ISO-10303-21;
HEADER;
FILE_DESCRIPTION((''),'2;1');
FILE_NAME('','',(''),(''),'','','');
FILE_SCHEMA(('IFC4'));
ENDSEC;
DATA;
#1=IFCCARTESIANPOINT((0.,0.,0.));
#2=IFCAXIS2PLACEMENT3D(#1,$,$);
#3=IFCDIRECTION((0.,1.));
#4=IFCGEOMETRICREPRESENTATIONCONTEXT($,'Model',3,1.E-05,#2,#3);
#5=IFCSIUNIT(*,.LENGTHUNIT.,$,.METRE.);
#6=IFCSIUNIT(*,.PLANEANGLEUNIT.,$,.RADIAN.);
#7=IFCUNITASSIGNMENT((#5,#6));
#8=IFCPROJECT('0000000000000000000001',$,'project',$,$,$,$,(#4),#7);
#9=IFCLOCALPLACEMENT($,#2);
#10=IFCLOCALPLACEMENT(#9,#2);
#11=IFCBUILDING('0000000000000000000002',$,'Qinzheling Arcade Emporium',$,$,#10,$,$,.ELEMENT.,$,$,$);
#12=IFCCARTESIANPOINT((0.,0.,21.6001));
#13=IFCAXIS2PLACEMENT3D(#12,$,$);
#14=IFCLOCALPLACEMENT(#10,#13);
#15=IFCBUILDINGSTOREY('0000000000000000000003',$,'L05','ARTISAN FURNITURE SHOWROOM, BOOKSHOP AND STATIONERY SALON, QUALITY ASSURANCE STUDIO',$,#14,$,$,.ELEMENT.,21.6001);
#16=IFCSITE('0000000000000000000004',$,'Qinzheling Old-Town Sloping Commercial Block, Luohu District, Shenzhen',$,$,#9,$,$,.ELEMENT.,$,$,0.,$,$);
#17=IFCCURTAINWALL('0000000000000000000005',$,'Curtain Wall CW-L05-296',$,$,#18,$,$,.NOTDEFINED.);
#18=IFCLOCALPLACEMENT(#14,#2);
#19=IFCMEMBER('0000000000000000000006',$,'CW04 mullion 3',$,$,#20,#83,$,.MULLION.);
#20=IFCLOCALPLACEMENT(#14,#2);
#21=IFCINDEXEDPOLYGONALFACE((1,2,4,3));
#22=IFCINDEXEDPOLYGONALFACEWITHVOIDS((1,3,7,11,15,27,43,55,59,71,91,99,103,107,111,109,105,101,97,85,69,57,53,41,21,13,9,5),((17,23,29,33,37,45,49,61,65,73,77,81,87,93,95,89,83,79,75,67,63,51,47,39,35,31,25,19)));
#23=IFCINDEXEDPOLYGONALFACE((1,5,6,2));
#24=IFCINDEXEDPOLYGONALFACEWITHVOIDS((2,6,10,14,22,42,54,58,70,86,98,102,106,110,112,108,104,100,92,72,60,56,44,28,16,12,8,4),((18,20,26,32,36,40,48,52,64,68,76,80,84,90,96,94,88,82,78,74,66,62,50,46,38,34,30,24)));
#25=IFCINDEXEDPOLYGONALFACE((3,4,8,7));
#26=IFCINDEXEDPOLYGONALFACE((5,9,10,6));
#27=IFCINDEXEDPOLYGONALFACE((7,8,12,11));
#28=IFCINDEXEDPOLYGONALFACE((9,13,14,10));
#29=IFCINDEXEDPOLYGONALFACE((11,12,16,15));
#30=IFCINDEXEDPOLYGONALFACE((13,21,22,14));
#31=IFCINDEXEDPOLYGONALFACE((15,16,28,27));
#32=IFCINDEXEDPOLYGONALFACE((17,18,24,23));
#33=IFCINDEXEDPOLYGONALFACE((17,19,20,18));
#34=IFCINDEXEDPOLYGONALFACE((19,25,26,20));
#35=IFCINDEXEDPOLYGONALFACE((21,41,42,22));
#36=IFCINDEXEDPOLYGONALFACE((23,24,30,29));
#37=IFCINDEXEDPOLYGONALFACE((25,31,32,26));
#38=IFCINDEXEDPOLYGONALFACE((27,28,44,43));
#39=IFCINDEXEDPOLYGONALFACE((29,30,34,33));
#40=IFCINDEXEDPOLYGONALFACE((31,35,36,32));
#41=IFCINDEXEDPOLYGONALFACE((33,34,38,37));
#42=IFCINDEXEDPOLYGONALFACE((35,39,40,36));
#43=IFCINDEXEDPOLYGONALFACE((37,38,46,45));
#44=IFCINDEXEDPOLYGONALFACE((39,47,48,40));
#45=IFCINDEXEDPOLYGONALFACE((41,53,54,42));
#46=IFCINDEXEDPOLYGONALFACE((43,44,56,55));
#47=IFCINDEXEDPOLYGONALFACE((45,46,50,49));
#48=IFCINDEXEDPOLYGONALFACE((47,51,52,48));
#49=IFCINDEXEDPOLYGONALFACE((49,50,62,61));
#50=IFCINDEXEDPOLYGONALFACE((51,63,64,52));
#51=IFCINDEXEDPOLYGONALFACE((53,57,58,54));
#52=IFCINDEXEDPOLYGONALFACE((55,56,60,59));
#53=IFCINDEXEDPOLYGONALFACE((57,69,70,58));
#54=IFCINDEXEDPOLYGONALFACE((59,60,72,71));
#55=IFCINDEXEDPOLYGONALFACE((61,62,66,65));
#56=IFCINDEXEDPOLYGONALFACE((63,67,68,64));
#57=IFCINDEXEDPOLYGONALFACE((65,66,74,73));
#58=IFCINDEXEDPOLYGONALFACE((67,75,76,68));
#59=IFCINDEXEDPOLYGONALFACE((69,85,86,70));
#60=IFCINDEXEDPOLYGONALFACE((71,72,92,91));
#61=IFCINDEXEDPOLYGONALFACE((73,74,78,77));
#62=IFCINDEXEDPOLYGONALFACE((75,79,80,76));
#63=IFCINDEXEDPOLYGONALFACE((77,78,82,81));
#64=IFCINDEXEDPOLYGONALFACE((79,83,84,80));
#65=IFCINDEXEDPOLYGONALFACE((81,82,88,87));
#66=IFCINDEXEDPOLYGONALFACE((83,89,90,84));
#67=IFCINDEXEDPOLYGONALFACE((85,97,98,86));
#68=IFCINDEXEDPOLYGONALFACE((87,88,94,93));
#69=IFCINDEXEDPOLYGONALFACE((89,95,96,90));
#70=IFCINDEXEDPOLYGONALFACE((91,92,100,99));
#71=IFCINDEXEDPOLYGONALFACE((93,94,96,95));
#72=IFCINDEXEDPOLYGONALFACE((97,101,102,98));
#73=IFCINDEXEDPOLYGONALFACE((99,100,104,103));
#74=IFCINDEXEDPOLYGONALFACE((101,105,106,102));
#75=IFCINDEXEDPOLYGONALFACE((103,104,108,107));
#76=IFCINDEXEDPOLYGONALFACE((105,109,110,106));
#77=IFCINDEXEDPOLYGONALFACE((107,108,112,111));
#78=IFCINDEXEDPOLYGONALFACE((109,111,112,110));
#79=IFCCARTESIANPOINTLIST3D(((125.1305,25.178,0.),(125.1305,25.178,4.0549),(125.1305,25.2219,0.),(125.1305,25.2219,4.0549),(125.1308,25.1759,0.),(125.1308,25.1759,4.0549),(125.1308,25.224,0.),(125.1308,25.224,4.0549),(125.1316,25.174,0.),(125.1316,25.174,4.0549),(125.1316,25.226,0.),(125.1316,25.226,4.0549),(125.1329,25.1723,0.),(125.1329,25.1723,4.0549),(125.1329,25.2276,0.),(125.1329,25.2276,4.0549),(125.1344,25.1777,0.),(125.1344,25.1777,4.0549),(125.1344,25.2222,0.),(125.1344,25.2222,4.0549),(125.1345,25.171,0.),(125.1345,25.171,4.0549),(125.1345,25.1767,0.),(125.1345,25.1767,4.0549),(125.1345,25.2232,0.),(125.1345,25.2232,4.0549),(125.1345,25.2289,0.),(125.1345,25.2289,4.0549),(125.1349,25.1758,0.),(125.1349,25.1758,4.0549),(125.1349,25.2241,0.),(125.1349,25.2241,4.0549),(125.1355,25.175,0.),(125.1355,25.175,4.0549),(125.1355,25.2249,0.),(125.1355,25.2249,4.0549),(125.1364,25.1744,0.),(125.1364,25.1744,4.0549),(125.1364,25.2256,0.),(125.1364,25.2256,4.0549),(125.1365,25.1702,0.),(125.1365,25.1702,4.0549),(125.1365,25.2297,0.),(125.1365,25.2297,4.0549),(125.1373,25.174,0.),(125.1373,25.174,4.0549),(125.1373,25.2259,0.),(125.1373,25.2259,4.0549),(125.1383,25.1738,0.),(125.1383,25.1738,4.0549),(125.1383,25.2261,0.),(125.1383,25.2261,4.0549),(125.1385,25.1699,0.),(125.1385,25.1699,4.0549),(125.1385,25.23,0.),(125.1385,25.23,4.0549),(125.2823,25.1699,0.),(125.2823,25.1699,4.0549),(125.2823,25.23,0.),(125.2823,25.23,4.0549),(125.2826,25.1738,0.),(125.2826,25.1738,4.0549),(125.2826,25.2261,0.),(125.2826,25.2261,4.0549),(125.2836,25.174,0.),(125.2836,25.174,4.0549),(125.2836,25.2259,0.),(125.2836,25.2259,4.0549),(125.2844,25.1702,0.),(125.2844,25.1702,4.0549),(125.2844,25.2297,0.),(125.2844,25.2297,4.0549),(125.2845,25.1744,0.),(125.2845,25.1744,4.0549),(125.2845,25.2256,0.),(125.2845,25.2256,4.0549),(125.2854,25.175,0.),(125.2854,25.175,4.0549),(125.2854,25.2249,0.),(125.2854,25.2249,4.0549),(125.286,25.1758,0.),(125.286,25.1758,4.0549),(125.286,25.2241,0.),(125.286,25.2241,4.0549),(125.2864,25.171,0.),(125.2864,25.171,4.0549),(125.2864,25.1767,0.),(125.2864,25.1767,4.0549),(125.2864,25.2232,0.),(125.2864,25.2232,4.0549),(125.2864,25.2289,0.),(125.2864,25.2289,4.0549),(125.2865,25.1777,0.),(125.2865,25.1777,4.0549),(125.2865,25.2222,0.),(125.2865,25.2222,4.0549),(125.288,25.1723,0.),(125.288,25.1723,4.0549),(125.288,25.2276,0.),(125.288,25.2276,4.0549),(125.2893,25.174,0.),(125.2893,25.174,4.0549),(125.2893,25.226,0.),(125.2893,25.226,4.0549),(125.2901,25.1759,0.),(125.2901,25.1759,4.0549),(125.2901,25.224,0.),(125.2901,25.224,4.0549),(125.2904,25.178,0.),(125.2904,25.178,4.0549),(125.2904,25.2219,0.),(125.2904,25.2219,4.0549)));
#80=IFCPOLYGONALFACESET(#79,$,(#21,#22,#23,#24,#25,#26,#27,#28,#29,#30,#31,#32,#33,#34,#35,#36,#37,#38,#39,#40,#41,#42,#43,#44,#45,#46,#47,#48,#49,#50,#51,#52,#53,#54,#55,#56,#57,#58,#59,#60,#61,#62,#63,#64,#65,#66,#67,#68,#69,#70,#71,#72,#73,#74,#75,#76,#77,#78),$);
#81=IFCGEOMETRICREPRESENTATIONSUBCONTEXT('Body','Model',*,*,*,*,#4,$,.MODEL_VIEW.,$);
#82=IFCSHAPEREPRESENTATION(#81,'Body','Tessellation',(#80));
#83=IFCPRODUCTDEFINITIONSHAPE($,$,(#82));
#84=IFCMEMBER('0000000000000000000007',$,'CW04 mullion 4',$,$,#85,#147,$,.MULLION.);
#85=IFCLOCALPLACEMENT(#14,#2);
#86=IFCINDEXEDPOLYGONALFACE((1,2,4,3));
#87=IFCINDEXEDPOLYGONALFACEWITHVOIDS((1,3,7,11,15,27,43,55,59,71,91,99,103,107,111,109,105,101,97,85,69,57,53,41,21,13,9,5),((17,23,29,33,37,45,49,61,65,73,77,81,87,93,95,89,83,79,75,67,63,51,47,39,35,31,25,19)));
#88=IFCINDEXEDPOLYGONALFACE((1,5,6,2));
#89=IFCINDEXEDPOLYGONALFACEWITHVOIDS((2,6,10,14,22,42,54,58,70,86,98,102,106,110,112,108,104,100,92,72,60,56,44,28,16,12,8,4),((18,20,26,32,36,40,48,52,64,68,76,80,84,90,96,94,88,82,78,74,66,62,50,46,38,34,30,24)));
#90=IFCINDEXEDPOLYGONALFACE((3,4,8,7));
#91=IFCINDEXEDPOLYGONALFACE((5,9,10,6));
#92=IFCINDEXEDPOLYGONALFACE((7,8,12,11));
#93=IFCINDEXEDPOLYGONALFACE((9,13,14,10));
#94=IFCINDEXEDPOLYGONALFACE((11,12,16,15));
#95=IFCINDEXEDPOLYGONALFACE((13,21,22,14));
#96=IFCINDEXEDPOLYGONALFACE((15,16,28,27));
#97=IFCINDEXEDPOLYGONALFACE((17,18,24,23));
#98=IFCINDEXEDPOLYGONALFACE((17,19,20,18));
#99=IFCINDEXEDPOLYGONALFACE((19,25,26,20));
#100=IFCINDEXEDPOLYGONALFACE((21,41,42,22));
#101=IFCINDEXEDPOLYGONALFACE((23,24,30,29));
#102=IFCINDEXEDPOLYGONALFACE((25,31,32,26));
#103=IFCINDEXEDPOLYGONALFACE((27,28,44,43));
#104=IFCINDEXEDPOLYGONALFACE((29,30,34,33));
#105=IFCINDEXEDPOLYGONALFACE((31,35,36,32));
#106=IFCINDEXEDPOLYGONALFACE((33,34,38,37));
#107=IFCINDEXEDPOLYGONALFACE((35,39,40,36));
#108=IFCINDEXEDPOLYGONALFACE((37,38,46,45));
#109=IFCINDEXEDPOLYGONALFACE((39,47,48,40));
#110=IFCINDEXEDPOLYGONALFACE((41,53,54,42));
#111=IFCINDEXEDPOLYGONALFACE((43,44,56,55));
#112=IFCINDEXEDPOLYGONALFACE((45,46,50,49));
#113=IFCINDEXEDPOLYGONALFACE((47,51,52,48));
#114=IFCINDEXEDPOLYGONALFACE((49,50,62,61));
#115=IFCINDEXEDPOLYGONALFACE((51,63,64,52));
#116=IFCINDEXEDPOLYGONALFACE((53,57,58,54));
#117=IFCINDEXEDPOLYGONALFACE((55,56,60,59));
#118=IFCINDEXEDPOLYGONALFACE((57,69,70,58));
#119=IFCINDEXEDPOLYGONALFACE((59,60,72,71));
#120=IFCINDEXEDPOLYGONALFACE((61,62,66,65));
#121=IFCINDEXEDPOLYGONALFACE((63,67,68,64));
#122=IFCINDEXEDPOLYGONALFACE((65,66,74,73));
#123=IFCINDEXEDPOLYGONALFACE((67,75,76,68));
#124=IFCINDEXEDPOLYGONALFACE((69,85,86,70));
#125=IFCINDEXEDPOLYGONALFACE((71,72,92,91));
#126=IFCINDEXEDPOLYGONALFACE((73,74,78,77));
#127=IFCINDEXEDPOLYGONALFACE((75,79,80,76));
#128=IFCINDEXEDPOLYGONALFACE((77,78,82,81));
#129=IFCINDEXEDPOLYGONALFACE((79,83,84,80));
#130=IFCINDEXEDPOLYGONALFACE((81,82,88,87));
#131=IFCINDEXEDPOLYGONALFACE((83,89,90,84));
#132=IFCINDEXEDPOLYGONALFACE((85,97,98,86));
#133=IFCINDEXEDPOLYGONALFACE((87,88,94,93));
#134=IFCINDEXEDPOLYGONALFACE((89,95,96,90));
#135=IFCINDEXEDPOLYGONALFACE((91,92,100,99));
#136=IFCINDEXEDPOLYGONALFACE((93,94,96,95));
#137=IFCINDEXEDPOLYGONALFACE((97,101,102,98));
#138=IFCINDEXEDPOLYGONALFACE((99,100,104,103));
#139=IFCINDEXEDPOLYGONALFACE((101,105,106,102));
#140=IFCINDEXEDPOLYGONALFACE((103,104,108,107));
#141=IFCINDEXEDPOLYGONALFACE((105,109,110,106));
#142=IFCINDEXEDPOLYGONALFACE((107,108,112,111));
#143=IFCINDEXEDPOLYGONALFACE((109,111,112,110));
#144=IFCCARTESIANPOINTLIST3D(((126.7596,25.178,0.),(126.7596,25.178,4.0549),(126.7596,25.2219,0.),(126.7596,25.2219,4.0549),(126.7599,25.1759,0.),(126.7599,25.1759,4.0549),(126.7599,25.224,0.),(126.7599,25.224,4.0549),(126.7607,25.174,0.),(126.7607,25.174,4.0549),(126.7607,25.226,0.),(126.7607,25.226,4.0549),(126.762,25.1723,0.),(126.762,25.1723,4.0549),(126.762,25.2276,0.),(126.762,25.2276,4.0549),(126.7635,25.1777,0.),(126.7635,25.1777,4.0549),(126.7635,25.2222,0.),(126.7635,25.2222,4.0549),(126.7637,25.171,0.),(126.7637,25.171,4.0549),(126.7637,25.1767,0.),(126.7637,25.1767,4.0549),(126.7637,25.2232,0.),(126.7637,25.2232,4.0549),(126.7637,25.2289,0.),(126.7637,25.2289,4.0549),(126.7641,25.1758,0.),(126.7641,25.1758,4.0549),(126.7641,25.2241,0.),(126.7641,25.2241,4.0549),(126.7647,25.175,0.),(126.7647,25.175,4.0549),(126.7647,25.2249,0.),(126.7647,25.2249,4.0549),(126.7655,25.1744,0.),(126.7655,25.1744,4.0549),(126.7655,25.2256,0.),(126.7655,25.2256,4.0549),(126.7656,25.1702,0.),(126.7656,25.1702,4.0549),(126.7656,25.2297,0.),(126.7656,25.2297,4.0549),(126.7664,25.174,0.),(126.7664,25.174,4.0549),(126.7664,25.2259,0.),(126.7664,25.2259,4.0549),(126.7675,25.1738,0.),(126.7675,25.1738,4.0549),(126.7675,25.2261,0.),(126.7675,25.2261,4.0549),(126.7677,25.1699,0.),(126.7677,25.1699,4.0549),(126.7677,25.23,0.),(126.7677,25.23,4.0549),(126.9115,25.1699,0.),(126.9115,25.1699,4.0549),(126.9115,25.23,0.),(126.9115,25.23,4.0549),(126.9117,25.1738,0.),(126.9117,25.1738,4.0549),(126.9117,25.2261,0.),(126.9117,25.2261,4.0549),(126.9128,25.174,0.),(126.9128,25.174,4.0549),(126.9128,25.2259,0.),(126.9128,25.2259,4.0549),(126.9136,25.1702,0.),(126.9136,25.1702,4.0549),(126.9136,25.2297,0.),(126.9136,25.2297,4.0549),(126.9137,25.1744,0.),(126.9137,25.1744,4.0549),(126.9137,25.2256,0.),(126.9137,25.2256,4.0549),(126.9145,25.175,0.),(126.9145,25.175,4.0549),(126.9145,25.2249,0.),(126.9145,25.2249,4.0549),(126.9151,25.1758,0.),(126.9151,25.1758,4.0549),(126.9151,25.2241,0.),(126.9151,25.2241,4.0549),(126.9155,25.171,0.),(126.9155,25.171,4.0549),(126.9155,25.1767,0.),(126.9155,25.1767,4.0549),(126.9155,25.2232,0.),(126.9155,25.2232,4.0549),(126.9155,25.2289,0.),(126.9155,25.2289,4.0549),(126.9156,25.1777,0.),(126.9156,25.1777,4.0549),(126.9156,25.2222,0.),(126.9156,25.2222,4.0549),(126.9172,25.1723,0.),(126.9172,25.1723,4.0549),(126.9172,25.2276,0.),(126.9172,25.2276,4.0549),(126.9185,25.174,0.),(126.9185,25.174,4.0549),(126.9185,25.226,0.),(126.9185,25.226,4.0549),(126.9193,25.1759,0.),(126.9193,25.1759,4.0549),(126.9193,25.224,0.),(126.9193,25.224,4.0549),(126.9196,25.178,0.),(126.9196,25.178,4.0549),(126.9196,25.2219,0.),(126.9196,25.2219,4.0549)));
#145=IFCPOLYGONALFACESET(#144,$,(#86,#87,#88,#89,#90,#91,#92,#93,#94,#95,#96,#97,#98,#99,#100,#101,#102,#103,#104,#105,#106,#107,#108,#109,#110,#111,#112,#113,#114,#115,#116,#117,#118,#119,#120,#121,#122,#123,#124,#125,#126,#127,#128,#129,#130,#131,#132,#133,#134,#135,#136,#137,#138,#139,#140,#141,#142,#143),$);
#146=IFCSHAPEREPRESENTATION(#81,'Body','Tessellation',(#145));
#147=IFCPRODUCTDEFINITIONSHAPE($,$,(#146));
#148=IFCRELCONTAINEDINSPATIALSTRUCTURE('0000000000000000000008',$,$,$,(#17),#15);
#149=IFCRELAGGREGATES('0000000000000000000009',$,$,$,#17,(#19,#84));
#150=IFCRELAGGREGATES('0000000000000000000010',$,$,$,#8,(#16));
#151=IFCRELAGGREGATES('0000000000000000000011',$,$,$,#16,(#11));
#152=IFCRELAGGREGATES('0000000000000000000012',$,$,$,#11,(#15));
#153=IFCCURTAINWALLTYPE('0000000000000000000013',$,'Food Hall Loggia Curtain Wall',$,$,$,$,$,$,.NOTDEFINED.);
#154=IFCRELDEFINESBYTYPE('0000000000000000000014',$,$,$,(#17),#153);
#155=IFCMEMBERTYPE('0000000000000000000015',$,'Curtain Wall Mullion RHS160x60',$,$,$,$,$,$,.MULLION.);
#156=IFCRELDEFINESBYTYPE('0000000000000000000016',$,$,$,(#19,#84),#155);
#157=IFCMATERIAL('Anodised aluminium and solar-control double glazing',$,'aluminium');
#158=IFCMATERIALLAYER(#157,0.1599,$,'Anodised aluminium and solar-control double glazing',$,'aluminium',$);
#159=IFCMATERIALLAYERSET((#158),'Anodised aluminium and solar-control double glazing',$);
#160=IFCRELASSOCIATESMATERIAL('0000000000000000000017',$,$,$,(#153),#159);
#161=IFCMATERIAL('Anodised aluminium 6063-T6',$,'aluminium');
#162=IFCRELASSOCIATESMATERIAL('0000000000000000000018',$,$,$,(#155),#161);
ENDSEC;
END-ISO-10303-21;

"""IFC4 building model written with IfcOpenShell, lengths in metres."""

from ifc_helpers import new_model, si_unit, direction, frame, origin, origin_2d, place, context, subcontext, project, spatial, hollow_rectangle, extrude, material, layer, layer_set, material_profile, profile_set, type_object, element, aggregate, save


model = new_model("IFC4")

# Units and contexts
model_context = context("Model", 3, precision=1e-05, world=origin(), true_north=direction((0.0, 1.0)))
body_context = subcontext(model_context, "Body", "Model", "MODEL_VIEW")
ifc_project = project(units=[si_unit("LENGTHUNIT", "METRE"), si_unit("PLANEANGLEUNIT", "RADIAN")], contexts=[model_context])

# Site, building, storey
site_placement = place(None, origin())
site = spatial("IfcSite", under=ifc_project, at=site_placement, Name="Qinzheling Old-Town Sloping Commercial Block, Luohu District, Shenzhen", CompositionType="ELEMENT", RefElevation=0.0)
building_placement = place(site_placement, origin())
building = spatial("IfcBuilding", under=site, at=building_placement, Name="Qinzheling Arcade Emporium", CompositionType="ELEMENT")
storey_placement = place(building_placement, frame((0.0, 0.0, 21.6001)))
storey = spatial("IfcBuildingStorey", under=building, at=storey_placement, Name="L05", Description="ARTISAN FURNITURE SHOWROOM, BOOKSHOP AND STATIONERY SALON, QUALITY ASSURANCE STUDIO", CompositionType="ELEMENT", Elevation=21.6001)

# Curtain wall, members
ifc_material_1 = material(Name="Anodised aluminium and solar-control double glazing", Category="aluminium")
ifc_layer_1 = layer(ifc_material_1, 0.1599, Name="Anodised aluminium and solar-control double glazing", Category="aluminium")
ifc_layer_set_1 = layer_set([ifc_layer_1], Name="Anodised aluminium and solar-control double glazing")
curtain_wall_type = type_object("IfcCurtainWallType", Name="Food Hall Loggia Curtain Wall", PredefinedType="NOTDEFINED", material=ifc_layer_set_1)
curtain_wall_placement = place(storey_placement, origin())
curtain_wall = element("IfcCurtainWall", 1, at=curtain_wall_placement, inside=storey, type_object=curtain_wall_type, Name="Curtain Wall CW-L05-296", PredefinedType="NOTDEFINED")
ifc_material_2 = material(Name="Anodised aluminium 6063-T6", Category="aluminium")
ifc_material_profile_1 = material_profile(ifc_material_2, hollow_rectangle(XDim=0.0601, YDim=0.1599, WallThickness=0.0039, InnerFilletRadius=0.0039, OuterFilletRadius=0.0081, at=origin_2d()), Name="RHS 160x60x4", Category="aluminium")
ifc_profile_set_1 = profile_set([ifc_material_profile_1], Name="Anodised aluminium 6063-T6")
member_type_1 = type_object("IfcMemberType", Name="Curtain Wall Mullion RHS160x60", PredefinedType="MULLION", material=ifc_profile_set_1)
member_1_placement = place(storey_placement, frame((125.2104, 25.2, 0.0), z_axis=(0.0, 0.0, 1.0), x_axis=(0.0, 1.0, 0.0)))
member_1 = element("IfcMember", 2, at=member_1_placement, type_object=member_type_1, Name="CW04 mullion 3", PredefinedType="MULLION", context=body_context, shape_type="SweptSolid", body=[
    extrude(hollow_rectangle(XDim=0.0601, YDim=0.1599, WallThickness=0.0039, InnerFilletRadius=0.0039, OuterFilletRadius=0.0081, at=origin_2d()), origin(), (0.0, 0.0, 1.0), 4.0549),
])
member_2_placement = place(storey_placement, frame((126.8396, 25.2, 0.0), z_axis=(0.0, 0.0, 1.0), x_axis=(0.0, 1.0, 0.0)))
member_2 = element("IfcMember", 3, at=member_2_placement, type_object=member_type_1, Name="CW04 mullion 4", PredefinedType="MULLION", context=body_context, shape_type="SweptSolid", body=[
    extrude(hollow_rectangle(XDim=0.0601, YDim=0.1599, WallThickness=0.0039, InnerFilletRadius=0.0039, OuterFilletRadius=0.0081, at=origin_2d()), origin(), (0.0, 0.0, 1.0), 4.0549),
])

aggregate(curtain_wall, [member_1, member_2])

save(model, "model.ifc")
